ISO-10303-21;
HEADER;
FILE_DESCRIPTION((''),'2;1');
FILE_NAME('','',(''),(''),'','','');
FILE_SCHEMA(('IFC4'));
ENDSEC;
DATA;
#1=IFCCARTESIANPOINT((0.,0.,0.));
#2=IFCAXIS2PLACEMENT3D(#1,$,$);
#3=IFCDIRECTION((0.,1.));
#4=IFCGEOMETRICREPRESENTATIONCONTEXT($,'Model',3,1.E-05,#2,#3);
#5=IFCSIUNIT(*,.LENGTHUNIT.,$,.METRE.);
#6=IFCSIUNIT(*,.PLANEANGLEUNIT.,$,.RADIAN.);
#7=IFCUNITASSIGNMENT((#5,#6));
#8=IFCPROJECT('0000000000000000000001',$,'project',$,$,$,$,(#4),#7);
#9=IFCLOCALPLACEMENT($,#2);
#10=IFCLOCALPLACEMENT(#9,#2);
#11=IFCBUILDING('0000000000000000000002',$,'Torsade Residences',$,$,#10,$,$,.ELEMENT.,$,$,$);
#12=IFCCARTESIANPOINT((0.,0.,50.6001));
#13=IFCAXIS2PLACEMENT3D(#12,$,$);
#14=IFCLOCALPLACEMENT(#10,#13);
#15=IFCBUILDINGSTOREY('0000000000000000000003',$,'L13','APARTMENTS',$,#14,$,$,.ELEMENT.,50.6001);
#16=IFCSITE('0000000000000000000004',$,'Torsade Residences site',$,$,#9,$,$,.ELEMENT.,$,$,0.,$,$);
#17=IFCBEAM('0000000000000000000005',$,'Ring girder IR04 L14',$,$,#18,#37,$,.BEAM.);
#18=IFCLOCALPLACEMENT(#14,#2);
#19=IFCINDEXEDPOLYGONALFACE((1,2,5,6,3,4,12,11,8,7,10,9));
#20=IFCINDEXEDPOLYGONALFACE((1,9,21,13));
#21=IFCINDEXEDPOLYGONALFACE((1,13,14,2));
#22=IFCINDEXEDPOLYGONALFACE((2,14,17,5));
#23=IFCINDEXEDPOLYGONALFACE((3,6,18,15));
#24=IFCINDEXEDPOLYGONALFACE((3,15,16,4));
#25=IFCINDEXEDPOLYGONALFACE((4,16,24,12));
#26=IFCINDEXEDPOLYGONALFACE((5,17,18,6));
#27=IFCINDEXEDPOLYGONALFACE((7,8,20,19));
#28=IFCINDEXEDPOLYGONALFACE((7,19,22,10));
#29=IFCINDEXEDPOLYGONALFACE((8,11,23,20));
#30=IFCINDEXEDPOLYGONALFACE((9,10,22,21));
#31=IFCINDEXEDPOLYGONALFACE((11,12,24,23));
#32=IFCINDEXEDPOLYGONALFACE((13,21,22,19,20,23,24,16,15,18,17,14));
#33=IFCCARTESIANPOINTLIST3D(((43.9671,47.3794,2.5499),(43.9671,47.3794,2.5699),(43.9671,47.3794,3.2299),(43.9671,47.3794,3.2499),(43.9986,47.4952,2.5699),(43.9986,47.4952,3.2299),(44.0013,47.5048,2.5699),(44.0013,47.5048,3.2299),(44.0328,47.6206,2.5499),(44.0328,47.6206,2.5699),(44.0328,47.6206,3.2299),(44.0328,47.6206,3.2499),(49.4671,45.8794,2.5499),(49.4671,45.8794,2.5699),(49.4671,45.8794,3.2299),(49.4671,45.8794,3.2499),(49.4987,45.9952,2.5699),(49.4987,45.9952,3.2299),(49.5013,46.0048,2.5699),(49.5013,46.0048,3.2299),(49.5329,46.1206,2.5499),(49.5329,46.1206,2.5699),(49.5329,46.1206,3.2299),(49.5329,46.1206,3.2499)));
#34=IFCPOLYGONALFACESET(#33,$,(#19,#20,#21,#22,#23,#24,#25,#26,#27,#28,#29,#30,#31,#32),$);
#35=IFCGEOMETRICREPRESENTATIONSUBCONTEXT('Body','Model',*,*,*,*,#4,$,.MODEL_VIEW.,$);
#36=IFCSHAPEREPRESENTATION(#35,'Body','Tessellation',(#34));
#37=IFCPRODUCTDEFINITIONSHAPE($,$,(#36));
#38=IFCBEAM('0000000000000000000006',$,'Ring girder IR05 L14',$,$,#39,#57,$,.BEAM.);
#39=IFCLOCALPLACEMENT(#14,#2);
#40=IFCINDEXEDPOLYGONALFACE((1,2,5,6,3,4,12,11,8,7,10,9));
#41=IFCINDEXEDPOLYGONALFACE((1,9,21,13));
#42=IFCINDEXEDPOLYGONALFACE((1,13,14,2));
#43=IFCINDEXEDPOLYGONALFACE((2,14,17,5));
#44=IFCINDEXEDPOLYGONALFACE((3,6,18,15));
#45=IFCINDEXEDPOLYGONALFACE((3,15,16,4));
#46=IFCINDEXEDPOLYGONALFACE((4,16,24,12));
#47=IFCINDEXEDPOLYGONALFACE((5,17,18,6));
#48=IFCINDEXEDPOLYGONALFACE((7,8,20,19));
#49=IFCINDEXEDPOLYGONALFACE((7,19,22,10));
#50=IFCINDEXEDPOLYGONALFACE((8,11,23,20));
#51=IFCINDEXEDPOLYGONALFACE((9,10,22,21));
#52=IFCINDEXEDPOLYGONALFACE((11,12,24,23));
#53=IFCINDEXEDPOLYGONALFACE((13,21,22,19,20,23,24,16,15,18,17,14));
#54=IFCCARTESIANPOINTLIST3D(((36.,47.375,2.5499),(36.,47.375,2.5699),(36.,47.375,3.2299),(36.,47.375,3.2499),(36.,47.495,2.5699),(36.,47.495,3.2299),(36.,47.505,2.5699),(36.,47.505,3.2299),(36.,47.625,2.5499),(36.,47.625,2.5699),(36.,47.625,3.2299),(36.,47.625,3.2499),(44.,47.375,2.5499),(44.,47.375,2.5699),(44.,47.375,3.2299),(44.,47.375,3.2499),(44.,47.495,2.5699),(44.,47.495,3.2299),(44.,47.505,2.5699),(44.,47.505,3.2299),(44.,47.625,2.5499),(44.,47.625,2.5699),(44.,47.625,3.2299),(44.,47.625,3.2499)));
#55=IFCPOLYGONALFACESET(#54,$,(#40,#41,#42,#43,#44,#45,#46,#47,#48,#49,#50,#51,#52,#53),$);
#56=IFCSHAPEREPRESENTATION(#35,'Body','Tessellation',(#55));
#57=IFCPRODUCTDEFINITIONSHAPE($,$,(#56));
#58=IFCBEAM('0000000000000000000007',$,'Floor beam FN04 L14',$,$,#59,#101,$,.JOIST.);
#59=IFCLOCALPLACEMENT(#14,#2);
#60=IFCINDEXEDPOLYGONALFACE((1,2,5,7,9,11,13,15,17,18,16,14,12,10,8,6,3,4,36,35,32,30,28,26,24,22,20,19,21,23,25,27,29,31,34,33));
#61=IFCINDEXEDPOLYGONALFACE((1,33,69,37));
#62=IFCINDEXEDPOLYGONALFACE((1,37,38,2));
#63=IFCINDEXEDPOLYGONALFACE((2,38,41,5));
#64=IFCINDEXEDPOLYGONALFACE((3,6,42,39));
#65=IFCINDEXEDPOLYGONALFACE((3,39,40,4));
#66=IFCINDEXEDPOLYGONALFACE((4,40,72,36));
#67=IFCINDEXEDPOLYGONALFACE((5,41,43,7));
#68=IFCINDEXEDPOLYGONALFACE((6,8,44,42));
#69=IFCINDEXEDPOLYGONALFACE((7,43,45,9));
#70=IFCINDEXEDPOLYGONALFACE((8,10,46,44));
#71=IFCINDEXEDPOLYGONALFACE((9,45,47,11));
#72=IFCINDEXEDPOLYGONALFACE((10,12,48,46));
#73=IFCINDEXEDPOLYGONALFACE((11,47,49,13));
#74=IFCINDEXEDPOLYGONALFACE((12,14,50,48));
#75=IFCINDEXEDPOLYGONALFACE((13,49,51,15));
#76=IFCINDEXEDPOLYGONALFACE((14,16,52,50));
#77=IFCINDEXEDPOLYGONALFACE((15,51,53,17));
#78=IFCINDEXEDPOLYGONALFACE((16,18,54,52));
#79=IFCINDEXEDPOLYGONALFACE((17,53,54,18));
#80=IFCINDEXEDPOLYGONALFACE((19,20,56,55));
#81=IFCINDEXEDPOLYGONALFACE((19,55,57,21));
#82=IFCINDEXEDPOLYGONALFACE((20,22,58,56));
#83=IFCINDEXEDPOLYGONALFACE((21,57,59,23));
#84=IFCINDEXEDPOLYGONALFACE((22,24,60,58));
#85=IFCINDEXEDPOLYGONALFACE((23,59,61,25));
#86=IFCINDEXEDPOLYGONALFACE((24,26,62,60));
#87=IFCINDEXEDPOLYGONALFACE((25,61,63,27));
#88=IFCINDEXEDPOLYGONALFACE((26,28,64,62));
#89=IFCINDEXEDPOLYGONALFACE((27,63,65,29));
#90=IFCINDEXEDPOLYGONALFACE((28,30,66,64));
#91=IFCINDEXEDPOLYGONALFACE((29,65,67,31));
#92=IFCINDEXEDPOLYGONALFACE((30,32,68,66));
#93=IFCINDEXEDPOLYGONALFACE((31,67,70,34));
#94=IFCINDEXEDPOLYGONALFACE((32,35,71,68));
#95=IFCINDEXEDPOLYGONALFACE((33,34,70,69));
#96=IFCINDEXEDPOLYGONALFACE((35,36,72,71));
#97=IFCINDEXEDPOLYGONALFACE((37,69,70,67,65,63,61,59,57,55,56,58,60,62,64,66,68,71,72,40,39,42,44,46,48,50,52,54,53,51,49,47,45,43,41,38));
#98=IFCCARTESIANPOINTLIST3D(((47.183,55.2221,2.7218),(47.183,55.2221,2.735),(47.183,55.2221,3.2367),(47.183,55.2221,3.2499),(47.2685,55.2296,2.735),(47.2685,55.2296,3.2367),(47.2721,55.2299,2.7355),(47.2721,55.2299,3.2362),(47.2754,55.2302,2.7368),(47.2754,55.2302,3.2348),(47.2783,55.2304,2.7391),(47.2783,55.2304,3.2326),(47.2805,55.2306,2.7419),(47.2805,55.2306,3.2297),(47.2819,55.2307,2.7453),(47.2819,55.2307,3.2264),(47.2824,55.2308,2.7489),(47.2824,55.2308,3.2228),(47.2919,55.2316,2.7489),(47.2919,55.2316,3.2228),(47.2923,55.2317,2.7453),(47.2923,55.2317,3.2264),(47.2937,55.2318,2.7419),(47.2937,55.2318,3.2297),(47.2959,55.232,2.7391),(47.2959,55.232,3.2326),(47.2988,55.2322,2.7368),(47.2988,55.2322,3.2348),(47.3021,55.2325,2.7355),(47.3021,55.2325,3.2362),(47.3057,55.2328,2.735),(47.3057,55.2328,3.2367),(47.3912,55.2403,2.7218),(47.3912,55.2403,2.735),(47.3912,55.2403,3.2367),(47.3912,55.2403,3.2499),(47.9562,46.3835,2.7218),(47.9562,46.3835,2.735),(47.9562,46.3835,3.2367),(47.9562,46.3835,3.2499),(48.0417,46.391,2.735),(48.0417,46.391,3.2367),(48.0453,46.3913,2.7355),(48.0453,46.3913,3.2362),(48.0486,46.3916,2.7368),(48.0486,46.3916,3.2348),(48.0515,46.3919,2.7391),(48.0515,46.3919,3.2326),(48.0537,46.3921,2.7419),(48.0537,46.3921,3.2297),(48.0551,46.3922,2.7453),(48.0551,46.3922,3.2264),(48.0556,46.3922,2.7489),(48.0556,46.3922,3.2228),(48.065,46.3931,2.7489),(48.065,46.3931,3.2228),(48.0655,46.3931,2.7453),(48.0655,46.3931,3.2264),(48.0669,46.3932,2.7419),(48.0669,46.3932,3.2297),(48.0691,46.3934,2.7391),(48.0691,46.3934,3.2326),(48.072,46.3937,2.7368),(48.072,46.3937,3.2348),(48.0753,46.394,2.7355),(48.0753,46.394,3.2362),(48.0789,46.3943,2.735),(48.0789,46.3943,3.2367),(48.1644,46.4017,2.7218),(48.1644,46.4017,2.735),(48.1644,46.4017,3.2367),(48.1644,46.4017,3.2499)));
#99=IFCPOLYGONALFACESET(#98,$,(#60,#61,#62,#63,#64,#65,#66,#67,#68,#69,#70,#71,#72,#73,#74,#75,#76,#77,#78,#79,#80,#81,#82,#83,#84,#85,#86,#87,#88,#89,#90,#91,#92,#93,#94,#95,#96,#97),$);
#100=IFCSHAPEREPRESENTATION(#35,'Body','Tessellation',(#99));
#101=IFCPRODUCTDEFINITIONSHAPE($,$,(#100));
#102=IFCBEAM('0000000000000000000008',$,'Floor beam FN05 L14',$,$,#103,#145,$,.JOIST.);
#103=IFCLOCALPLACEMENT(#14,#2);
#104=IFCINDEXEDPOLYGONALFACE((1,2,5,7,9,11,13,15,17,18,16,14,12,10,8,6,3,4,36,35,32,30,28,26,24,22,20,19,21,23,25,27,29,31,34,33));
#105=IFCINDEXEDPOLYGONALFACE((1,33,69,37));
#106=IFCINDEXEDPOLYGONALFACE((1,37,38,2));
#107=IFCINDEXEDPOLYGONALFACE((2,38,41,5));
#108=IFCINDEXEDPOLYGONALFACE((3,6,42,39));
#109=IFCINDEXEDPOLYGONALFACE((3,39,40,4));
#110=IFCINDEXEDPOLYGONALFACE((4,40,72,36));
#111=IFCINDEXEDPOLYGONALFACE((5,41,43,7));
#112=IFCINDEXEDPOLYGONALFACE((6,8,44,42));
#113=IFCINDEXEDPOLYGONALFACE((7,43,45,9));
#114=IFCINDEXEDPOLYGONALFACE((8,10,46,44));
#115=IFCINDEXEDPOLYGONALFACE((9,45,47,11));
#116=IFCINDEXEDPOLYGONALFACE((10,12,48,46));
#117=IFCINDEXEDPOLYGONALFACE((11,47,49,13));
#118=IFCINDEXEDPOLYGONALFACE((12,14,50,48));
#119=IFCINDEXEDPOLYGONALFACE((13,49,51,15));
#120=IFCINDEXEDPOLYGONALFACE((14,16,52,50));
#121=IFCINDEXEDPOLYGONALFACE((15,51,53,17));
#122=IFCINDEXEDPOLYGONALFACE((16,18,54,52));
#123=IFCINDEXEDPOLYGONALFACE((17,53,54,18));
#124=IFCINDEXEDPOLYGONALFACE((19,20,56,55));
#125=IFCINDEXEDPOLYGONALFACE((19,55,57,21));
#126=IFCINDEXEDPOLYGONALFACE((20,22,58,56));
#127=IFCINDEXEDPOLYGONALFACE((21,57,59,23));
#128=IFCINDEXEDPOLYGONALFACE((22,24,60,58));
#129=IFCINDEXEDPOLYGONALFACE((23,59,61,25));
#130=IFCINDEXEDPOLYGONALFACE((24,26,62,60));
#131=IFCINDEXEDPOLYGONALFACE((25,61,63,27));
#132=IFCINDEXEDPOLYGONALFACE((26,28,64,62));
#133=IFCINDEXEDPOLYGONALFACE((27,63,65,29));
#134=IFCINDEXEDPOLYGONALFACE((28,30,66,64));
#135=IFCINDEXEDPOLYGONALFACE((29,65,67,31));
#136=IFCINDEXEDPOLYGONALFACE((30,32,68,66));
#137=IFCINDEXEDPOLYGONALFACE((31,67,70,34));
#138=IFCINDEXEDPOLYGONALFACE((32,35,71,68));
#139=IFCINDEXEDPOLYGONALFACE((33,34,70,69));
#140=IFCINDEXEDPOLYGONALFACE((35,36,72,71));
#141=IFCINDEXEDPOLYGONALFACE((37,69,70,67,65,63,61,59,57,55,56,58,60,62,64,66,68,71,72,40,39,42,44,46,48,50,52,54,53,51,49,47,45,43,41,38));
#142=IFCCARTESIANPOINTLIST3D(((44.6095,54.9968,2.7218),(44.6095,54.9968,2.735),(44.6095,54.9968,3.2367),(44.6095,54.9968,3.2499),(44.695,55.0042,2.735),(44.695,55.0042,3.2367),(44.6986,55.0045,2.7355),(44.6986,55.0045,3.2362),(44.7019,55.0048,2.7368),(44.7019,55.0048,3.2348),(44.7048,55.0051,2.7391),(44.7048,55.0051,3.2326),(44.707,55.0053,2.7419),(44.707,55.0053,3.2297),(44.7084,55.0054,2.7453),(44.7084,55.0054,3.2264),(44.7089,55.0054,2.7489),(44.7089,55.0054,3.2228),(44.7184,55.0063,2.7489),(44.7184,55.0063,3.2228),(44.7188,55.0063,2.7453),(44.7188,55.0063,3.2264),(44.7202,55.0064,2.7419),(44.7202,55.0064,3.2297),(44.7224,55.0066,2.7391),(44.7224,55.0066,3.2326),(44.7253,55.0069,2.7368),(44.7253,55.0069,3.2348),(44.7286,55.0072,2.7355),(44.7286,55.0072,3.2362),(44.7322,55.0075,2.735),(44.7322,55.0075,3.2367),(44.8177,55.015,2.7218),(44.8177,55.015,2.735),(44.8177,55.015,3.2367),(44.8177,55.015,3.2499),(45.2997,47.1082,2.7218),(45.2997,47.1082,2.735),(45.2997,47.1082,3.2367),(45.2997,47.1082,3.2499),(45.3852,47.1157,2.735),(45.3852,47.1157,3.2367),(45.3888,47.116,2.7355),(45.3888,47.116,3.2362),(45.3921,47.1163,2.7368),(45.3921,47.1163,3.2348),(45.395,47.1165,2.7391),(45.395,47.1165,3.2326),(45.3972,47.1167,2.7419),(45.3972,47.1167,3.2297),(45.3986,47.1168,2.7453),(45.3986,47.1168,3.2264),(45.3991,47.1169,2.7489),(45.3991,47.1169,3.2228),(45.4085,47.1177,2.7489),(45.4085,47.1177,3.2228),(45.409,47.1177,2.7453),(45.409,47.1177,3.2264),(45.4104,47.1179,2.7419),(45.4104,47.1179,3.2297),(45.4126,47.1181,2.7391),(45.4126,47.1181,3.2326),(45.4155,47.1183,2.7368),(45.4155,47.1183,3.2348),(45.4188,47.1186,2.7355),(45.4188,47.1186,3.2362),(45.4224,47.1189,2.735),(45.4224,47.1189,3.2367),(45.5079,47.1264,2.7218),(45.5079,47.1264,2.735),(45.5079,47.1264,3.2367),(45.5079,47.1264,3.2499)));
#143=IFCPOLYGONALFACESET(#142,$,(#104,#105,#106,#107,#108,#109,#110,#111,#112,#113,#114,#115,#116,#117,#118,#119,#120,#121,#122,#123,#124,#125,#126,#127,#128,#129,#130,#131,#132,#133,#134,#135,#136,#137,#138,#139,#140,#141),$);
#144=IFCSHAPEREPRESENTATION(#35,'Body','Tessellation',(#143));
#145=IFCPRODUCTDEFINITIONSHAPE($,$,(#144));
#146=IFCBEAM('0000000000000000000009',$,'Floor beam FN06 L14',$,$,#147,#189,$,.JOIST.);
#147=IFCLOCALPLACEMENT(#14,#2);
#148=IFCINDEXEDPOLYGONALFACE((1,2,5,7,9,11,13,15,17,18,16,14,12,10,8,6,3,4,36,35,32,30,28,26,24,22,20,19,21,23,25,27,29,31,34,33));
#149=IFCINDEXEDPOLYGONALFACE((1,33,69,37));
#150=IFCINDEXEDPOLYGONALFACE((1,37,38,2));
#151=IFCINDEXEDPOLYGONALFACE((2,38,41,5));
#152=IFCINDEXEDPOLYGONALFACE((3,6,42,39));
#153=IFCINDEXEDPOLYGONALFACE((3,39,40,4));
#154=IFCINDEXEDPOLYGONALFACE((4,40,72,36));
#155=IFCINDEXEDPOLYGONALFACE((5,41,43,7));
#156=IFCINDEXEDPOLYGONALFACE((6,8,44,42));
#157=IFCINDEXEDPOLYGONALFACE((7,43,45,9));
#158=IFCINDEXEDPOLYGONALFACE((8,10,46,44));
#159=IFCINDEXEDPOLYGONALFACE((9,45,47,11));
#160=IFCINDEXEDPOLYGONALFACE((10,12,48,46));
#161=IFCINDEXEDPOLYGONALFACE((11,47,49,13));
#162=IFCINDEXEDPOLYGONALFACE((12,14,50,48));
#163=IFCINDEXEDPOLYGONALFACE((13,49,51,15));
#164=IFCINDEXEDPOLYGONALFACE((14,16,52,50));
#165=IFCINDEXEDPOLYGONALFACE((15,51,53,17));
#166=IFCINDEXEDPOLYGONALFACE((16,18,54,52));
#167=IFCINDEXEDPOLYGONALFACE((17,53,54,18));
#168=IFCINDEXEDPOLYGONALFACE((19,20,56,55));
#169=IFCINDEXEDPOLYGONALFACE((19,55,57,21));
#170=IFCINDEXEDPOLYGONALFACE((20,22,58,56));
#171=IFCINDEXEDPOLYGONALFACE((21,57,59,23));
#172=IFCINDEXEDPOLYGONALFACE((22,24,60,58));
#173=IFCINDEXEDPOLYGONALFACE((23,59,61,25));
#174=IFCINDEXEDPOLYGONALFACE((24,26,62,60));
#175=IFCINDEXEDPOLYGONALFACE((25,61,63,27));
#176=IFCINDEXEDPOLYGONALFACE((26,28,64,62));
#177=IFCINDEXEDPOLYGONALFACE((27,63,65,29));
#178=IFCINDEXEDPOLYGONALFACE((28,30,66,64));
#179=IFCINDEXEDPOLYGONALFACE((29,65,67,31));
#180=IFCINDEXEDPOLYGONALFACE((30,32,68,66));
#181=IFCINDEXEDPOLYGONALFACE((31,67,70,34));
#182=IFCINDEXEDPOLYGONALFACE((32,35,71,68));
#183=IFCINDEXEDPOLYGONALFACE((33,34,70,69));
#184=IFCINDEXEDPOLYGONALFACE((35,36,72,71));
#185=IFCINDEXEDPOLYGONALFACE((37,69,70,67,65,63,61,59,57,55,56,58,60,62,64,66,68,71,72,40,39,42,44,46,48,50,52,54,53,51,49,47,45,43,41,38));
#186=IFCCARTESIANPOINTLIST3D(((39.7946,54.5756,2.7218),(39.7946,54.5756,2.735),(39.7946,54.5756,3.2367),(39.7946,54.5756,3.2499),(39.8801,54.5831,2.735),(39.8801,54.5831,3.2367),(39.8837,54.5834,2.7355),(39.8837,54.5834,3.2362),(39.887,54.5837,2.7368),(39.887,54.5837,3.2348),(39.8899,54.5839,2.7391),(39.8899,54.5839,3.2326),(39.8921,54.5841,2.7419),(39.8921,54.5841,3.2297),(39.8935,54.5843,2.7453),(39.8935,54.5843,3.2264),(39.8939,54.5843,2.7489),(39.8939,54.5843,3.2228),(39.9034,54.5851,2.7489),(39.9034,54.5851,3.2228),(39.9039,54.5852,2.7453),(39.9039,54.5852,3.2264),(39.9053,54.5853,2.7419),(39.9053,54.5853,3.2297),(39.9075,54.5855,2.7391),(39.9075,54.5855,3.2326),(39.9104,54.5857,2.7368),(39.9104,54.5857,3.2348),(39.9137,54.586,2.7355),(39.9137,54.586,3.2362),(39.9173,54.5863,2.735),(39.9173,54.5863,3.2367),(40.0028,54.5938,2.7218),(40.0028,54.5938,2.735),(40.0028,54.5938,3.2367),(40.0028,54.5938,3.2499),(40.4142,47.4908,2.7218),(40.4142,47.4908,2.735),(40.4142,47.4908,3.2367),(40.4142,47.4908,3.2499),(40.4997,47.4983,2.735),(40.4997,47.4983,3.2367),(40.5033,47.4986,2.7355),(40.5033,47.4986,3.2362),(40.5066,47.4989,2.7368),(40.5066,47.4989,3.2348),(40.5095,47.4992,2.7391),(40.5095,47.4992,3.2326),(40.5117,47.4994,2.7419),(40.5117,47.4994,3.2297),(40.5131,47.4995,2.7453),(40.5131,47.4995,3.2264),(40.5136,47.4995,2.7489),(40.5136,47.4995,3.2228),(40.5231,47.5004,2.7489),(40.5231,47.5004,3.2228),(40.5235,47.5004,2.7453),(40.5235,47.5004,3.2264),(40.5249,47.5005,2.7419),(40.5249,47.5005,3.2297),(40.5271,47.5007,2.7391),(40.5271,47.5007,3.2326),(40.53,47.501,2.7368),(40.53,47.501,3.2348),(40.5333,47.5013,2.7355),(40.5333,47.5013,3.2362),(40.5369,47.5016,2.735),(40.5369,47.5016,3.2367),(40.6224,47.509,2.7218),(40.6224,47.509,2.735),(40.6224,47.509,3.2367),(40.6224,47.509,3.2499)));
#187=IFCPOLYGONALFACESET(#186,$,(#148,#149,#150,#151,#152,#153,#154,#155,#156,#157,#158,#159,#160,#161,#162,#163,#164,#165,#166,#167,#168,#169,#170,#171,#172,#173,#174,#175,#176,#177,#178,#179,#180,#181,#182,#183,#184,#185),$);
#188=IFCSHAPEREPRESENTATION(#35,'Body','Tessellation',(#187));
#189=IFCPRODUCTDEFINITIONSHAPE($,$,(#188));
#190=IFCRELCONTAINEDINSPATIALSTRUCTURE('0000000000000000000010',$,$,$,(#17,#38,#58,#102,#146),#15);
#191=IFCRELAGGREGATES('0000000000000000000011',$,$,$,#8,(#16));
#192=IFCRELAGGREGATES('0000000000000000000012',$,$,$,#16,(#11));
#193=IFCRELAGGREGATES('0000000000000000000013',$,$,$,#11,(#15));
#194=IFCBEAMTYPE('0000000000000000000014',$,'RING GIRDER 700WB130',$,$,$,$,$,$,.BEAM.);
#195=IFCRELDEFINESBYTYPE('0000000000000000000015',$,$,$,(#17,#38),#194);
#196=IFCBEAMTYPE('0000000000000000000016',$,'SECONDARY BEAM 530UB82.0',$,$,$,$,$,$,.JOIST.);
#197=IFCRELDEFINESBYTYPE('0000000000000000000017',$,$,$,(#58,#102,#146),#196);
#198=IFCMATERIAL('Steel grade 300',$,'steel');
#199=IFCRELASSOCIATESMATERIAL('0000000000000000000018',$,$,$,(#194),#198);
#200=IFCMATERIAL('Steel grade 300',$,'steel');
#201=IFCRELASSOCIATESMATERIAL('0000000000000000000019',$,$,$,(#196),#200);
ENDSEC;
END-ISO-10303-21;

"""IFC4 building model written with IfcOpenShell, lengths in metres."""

from ifc_helpers import new_model, si_unit, direction, frame, origin, origin_2d, place, context, subcontext, project, spatial, i_section, extrude, material, material_profile, profile_set, type_object, element, save


model = new_model("IFC4")

# Units and contexts
model_context = context("Model", 3, precision=1e-05, world=origin(), true_north=direction((0.0, 1.0)))
body_context = subcontext(model_context, "Body", "Model", "MODEL_VIEW")
ifc_project = project(units=[si_unit("LENGTHUNIT", "METRE"), si_unit("PLANEANGLEUNIT", "RADIAN")], contexts=[model_context])

# Site, building, storey
site_placement = place(None, origin())
site = spatial("IfcSite", under=ifc_project, at=site_placement, Name="Torsade Residences site", CompositionType="ELEMENT", RefElevation=0.0)
building_placement = place(site_placement, origin())
building = spatial("IfcBuilding", under=site, at=building_placement, Name="Torsade Residences", CompositionType="ELEMENT")
storey_placement = place(building_placement, frame((0.0, 0.0, 50.6001)))
storey = spatial("IfcBuildingStorey", under=building, at=storey_placement, Name="L13", Description="APARTMENTS", CompositionType="ELEMENT", Elevation=50.6001)

# Beams
ifc_material_1 = material(Name="Steel grade 300", Category="steel")
ifc_material_profile_1 = material_profile(ifc_material_1, i_section(OverallWidth=0.25, OverallDepth=0.7, WebThickness=0.01, FlangeThickness=0.02, at=origin_2d()), Name="700WB130")
ifc_profile_set_1 = profile_set([ifc_material_profile_1], Name="Steel grade 300")
beam_type_1 = type_object("IfcBeamType", Name="RING GIRDER 700WB130", PredefinedType="BEAM", material=ifc_profile_set_1)
beam_1_placement = place(storey_placement, frame((49.5, 46.0, 2.8999), z_axis=(-0.964764, 0.263117, 0.0), x_axis=(-0.263117, -0.964764, 0.0)))
element("IfcBeam", 1, at=beam_1_placement, inside=storey, type_object=beam_type_1, Name="Ring girder IR04 L14", PredefinedType="BEAM", context=body_context, shape_type="SweptSolid", body=[
    extrude(i_section(OverallWidth=0.25, OverallDepth=0.7, WebThickness=0.01, FlangeThickness=0.02, at=origin_2d()), origin(), (0.0, 0.0, 1.0), 5.7009),
])
beam_2_placement = place(storey_placement, frame((44.0, 47.5, 2.8999), z_axis=(-1.0, 0.0, 0.0), x_axis=(0.0, -1.0, 0.0)))
element("IfcBeam", 2, at=beam_2_placement, inside=storey, type_object=beam_type_1, Name="Ring girder IR05 L14", PredefinedType="BEAM", context=body_context, shape_type="SweptSolid", body=[
    extrude(i_section(OverallWidth=0.25, OverallDepth=0.7, WebThickness=0.01, FlangeThickness=0.02, at=origin_2d()), origin(), (0.0, 0.0, 1.0), 8.0),
])
ifc_material_2 = material(Name="Steel grade 300", Category="steel")
ifc_material_profile_2 = material_profile(ifc_material_2, i_section(OverallWidth=0.209, OverallDepth=0.5281, WebThickness=0.0095, FlangeThickness=0.0132, FilletRadius=0.0139, at=origin_2d()), Name="530UB82.0")
ifc_profile_set_2 = profile_set([ifc_material_profile_2], Name="Steel grade 300")
beam_type_2 = type_object("IfcBeamType", Name="SECONDARY BEAM 530UB82.0", PredefinedType="JOIST", material=ifc_profile_set_2)
beam_3_placement = place(storey_placement, frame((47.2871, 55.2312, 2.9858), z_axis=(0.087146, -0.996196, 0.0), x_axis=(0.996196, 0.087146, 0.0)))
element("IfcBeam", 3, at=beam_3_placement, inside=storey, type_object=beam_type_2, Name="Floor beam FN04 L14", PredefinedType="JOIST", context=body_context, shape_type="SweptSolid", body=[
    extrude(i_section(OverallWidth=0.209, OverallDepth=0.5281, WebThickness=0.0095, FlangeThickness=0.0132, FilletRadius=0.0139, at=origin_2d()), origin(), (0.0, 0.0, 1.0), 8.8723),
])
beam_4_placement = place(storey_placement, frame((44.7136, 55.0059, 2.9858), z_axis=(0.087158, -0.996195, 0.0), x_axis=(0.996195, 0.087158, 0.0)))
element("IfcBeam", 4, at=beam_4_placement, inside=storey, type_object=beam_type_2, Name="Floor beam FN05 L14", PredefinedType="JOIST", context=body_context, shape_type="SweptSolid", body=[
    extrude(i_section(OverallWidth=0.209, OverallDepth=0.5281, WebThickness=0.0095, FlangeThickness=0.0132, FilletRadius=0.0139, at=origin_2d()), origin(), (0.0, 0.0, 1.0), 7.9187),
])
beam_5_placement = place(storey_placement, frame((39.8987, 54.5847, 2.9858), z_axis=(0.087127, -0.996197, 0.0), x_axis=(0.996197, 0.087127, 0.0)))
element("IfcBeam", 5, at=beam_5_placement, inside=storey, type_object=beam_type_2, Name="Floor beam FN06 L14", PredefinedType="JOIST", context=body_context, shape_type="SweptSolid", body=[
    extrude(i_section(OverallWidth=0.209, OverallDepth=0.5281, WebThickness=0.0095, FlangeThickness=0.0132, FilletRadius=0.0139, at=origin_2d()), origin(), (0.0, 0.0, 1.0), 7.1118),
])

save(model, "model.ifc")
